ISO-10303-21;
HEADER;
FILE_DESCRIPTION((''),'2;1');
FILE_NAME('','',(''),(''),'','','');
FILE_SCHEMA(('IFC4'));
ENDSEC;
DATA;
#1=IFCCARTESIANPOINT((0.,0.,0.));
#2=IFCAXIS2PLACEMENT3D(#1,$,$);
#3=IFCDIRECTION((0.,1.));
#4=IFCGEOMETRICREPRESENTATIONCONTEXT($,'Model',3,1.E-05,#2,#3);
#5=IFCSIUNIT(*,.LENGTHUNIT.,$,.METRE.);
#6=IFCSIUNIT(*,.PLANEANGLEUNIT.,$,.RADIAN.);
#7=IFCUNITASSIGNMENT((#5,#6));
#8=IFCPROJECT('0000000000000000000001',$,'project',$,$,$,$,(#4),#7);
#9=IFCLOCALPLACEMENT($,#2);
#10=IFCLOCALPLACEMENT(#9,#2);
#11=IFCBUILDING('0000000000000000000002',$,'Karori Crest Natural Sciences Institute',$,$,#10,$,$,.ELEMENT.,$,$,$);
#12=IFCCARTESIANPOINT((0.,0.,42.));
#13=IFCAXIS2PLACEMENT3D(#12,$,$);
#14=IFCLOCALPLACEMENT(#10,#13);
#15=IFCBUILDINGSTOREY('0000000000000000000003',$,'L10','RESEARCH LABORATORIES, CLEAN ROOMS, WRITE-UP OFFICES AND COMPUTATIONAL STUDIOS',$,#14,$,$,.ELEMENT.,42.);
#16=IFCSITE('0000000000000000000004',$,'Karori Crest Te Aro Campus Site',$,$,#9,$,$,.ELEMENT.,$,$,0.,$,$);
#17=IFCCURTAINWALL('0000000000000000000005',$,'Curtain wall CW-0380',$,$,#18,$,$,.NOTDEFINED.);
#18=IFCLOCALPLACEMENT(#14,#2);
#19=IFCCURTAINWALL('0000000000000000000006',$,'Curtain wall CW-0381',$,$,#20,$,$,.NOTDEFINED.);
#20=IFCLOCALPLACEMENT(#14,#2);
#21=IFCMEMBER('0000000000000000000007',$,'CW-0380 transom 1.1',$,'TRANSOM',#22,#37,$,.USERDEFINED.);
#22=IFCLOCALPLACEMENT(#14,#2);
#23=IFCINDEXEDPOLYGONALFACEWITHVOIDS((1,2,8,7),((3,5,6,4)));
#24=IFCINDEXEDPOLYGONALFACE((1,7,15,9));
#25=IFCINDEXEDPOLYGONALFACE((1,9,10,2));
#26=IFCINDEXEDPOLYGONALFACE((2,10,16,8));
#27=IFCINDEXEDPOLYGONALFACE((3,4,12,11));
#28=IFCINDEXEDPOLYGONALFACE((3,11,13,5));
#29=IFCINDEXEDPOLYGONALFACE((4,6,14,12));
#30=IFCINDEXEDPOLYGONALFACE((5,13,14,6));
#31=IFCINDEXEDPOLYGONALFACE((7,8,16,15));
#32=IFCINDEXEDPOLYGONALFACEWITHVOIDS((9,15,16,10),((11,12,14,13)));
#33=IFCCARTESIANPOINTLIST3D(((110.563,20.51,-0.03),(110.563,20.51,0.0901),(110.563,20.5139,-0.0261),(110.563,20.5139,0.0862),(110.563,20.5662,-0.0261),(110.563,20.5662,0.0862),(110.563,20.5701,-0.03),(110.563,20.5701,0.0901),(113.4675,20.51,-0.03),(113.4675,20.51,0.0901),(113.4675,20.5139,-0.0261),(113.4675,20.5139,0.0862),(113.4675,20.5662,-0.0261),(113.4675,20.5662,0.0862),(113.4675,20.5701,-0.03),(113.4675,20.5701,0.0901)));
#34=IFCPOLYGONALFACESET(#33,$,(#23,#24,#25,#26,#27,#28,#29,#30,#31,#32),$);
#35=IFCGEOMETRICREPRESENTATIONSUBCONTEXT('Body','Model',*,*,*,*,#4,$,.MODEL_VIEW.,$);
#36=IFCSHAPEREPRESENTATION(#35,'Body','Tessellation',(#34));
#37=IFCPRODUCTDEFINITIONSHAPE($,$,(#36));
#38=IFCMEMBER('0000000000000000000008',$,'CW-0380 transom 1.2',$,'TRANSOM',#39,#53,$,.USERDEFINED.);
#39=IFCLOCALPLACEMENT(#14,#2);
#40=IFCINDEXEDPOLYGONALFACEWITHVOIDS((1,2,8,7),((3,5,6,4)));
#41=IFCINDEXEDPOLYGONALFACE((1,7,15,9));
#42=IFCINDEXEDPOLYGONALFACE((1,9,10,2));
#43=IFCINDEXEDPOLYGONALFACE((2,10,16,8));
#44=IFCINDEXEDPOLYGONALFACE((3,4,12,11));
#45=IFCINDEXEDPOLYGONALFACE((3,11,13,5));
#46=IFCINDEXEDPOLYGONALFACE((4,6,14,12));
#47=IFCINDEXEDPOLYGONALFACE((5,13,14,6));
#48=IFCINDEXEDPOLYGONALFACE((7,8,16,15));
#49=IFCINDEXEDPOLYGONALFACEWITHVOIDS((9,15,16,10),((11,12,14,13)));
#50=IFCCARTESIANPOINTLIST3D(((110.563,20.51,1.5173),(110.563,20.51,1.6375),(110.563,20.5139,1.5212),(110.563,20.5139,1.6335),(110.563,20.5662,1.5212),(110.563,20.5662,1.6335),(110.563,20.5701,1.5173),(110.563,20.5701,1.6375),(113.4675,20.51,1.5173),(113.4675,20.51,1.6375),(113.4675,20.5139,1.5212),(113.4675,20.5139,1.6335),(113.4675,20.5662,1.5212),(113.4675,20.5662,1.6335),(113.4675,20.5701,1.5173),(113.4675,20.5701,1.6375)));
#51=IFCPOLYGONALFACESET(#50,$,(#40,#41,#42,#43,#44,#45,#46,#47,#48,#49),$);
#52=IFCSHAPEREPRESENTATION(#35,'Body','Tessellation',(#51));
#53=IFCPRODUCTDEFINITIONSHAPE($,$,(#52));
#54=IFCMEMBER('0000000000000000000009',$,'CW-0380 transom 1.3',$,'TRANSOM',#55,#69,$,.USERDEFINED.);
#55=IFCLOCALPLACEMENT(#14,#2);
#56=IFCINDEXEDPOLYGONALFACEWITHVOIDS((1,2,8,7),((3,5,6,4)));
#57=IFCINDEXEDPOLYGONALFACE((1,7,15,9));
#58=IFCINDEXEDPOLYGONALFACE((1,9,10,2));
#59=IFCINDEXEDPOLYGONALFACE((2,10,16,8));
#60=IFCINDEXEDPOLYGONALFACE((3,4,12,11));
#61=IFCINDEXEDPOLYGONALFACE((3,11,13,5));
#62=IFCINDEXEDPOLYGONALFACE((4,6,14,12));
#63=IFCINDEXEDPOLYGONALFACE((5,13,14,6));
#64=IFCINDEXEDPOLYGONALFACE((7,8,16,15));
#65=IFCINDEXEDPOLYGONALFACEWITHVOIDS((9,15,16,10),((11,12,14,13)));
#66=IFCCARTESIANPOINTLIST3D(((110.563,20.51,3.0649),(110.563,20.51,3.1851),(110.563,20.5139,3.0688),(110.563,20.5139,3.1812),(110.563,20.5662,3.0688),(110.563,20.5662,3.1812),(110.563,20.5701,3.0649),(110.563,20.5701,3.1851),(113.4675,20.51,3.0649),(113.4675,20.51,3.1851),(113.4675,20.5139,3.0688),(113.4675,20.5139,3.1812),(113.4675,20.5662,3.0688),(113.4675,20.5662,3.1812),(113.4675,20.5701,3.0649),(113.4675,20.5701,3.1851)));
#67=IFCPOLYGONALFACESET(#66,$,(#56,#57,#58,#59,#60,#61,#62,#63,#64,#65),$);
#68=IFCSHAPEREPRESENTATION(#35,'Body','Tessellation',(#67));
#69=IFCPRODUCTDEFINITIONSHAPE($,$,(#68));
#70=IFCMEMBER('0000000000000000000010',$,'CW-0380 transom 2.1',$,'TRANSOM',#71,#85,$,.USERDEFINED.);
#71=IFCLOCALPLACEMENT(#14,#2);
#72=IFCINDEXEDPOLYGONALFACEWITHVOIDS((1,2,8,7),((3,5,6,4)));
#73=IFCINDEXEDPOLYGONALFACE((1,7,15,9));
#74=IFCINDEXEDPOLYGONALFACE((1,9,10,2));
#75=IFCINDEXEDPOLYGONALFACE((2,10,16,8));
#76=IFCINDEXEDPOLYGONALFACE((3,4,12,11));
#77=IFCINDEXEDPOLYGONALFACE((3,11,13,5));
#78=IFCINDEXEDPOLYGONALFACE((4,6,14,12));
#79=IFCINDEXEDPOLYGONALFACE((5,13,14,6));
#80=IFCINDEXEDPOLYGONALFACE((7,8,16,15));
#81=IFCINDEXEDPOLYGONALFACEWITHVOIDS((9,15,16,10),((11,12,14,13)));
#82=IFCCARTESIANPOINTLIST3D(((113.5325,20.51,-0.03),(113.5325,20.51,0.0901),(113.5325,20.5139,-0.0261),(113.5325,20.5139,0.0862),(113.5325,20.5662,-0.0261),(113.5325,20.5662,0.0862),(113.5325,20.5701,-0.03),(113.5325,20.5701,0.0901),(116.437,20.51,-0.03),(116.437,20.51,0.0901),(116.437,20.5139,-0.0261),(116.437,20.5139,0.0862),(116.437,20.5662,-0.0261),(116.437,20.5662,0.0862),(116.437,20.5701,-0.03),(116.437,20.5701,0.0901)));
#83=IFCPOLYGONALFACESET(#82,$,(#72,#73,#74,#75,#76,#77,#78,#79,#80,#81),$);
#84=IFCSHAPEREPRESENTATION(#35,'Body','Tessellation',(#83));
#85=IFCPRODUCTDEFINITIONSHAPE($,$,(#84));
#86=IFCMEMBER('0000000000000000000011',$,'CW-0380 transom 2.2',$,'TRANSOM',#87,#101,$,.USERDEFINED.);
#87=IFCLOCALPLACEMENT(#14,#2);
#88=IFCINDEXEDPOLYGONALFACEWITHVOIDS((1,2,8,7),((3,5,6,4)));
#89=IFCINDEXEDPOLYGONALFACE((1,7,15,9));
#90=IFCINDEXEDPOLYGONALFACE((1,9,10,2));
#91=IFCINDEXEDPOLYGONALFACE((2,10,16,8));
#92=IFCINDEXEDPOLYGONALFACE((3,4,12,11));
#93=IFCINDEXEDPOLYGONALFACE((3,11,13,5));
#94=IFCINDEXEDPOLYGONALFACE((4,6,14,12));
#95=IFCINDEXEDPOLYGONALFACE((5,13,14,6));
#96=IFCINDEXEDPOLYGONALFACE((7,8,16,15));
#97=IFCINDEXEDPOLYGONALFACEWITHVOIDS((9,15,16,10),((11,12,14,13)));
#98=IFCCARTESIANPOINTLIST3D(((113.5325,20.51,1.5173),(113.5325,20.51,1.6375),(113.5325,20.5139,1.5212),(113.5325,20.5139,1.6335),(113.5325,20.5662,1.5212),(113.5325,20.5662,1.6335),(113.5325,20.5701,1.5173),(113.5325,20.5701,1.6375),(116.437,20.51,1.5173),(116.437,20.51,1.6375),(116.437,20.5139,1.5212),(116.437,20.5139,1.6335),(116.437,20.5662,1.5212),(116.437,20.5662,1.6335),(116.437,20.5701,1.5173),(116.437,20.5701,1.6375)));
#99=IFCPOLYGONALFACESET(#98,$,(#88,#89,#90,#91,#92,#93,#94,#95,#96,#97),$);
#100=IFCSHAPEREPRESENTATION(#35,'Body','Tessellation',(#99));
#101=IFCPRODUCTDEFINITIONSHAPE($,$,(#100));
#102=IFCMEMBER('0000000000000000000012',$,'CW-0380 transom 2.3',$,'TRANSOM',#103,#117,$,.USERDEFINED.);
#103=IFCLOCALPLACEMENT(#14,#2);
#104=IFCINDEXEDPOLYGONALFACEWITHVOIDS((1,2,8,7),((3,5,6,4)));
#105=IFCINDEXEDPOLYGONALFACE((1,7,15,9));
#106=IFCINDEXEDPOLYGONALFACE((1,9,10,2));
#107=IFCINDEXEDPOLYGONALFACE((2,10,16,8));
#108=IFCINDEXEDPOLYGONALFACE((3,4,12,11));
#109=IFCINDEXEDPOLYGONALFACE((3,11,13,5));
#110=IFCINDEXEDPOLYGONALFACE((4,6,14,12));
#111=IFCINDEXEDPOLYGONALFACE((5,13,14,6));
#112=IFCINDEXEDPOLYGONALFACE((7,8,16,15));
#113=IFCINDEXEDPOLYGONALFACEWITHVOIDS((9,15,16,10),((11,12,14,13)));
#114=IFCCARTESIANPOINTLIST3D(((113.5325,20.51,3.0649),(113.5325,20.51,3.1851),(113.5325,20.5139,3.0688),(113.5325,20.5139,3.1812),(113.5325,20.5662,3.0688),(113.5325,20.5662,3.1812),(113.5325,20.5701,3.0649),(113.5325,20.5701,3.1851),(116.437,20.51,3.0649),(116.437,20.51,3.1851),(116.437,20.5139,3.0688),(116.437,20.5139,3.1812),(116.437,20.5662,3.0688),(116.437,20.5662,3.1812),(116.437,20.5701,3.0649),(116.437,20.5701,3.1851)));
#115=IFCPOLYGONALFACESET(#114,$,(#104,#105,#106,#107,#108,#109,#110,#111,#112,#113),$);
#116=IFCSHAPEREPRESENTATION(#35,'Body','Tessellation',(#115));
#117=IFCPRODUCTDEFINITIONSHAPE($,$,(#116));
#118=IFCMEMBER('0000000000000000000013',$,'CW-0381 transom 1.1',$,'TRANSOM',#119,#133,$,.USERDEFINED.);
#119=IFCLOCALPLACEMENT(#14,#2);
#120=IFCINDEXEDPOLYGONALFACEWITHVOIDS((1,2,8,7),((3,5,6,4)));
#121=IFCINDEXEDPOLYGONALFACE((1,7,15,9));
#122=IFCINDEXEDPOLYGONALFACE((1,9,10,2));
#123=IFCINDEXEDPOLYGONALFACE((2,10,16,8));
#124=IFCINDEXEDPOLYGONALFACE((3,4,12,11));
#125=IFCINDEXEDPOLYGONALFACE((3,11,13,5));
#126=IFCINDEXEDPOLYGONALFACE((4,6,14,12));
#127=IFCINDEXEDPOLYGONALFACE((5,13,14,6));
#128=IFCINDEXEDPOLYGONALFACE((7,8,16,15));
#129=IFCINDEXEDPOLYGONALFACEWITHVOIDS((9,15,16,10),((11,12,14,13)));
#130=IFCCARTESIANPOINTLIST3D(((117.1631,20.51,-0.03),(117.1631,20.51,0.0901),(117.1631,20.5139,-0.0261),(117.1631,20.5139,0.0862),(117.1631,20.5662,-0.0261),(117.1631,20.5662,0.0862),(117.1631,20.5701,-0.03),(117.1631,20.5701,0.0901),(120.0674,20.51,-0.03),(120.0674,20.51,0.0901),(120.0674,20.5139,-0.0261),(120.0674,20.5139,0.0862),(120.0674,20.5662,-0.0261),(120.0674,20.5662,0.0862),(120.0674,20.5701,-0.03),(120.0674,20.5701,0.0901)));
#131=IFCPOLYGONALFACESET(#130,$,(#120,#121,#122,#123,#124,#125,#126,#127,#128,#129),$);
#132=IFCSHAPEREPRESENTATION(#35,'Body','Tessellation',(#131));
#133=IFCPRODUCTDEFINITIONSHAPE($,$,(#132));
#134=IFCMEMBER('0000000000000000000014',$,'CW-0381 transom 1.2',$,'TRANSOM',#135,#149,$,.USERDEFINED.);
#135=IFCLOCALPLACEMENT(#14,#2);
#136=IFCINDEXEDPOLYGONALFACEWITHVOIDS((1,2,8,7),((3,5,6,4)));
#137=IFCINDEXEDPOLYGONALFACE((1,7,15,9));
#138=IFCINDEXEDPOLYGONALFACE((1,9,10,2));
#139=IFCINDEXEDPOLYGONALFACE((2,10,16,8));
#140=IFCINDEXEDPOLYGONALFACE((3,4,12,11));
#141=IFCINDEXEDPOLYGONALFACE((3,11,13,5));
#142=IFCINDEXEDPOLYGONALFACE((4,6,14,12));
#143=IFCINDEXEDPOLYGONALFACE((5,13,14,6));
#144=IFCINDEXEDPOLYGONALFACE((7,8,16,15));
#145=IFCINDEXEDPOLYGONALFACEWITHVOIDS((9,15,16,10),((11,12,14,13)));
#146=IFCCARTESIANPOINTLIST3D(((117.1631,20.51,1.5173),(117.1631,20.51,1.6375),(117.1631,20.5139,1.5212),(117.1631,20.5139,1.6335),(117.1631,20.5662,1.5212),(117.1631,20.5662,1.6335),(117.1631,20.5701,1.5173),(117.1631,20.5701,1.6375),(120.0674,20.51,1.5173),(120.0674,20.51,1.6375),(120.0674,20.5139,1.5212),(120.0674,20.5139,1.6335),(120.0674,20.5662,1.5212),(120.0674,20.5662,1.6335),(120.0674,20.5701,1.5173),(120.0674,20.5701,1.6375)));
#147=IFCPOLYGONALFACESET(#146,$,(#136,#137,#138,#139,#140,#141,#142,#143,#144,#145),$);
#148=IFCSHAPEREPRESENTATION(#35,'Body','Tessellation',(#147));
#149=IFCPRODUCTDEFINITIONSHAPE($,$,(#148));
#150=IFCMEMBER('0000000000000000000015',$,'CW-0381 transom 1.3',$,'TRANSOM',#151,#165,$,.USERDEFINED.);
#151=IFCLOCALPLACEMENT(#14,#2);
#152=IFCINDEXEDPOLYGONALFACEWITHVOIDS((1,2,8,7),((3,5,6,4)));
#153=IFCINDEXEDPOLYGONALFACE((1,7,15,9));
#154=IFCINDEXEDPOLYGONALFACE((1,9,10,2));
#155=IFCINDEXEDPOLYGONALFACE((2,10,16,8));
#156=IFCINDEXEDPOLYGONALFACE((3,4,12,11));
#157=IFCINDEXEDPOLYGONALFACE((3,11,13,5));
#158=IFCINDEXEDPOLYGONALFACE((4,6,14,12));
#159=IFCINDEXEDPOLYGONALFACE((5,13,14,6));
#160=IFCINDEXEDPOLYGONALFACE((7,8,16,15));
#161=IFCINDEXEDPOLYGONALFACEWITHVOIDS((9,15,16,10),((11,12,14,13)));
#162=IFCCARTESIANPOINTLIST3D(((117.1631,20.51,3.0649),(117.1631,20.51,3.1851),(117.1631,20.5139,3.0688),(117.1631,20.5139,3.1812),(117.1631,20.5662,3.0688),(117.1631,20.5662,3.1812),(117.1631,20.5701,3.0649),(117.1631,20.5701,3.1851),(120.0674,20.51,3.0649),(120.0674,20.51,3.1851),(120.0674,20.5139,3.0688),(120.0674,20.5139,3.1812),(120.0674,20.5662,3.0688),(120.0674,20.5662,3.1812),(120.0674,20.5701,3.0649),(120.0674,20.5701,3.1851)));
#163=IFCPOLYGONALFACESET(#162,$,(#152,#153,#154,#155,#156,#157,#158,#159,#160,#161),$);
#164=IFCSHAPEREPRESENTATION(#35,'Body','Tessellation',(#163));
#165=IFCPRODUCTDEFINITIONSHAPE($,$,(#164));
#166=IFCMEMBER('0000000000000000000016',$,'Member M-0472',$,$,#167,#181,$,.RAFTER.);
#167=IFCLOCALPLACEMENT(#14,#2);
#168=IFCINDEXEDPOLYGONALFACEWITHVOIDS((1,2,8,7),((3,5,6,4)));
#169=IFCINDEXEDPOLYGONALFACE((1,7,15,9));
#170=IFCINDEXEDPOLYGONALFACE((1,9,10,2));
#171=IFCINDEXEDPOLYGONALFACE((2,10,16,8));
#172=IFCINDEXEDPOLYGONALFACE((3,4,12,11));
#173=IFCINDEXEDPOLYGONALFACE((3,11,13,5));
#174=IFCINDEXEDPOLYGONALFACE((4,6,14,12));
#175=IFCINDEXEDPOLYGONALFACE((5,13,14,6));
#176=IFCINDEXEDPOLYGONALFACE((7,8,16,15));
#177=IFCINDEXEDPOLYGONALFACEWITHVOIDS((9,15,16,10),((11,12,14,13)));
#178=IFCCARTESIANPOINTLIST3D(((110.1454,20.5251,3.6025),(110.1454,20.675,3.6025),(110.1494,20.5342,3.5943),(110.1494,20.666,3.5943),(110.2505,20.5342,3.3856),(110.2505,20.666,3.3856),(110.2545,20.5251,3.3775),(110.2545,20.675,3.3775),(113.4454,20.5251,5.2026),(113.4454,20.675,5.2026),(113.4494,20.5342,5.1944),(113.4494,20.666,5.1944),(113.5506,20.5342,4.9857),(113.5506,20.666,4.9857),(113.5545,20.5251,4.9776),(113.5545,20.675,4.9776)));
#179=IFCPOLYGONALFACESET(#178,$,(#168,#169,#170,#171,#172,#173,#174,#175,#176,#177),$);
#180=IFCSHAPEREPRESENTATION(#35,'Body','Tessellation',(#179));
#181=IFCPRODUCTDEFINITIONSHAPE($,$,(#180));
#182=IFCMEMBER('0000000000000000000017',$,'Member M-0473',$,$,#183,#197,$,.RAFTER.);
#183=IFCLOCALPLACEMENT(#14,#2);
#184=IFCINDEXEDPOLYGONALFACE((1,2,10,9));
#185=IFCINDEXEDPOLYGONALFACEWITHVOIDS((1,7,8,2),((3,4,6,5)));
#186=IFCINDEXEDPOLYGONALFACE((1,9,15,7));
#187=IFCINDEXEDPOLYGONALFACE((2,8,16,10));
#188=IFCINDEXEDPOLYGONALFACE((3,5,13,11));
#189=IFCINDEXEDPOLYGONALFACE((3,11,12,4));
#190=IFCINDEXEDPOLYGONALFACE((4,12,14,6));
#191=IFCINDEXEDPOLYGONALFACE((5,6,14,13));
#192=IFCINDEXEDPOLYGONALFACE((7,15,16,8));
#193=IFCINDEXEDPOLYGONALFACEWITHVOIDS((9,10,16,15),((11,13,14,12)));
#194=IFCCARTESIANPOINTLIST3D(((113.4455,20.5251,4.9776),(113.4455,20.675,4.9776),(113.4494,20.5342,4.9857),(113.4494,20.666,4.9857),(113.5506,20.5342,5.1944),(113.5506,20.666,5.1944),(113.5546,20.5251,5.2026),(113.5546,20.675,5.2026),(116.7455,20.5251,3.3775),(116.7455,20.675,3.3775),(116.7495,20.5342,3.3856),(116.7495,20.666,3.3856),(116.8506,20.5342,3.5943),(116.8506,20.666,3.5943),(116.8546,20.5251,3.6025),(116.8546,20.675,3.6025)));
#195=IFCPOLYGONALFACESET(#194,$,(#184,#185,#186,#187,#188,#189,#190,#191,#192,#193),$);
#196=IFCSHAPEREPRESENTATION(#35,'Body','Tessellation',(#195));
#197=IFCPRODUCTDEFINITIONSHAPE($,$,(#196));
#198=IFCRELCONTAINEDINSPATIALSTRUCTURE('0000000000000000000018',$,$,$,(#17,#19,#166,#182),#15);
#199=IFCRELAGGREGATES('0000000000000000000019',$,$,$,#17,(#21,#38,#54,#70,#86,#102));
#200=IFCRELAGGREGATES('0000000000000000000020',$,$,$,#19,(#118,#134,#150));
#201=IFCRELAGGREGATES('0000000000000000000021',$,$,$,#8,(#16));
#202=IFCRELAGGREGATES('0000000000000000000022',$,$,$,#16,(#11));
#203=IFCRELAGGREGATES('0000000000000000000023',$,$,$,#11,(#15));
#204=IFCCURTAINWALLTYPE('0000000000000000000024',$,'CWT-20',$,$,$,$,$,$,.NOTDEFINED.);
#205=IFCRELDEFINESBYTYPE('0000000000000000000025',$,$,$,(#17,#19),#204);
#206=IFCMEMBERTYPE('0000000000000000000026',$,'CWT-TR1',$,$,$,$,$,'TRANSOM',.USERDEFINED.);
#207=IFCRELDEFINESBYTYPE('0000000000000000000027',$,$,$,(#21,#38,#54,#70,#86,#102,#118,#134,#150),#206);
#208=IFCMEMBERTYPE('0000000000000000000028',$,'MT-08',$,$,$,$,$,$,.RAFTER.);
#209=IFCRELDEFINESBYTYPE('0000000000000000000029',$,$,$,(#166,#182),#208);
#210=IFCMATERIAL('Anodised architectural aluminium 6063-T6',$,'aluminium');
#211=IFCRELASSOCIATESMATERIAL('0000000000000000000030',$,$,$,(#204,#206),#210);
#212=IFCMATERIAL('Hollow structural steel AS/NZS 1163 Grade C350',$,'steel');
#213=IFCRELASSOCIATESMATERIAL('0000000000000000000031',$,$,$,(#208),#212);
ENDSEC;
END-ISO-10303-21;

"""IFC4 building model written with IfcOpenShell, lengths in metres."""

from ifc_helpers import new_model, si_unit, direction, frame, origin, origin_2d, place, context, subcontext, project, spatial, hollow_rectangle, extrude, material, material_profile, profile_set, type_object, element, aggregate, save


model = new_model("IFC4")

# Units and contexts
model_context = context("Model", 3, precision=1e-05, world=origin(), true_north=direction((0.0, 1.0)))
body_context = subcontext(model_context, "Body", "Model", "MODEL_VIEW")
ifc_project = project(units=[si_unit("LENGTHUNIT", "METRE"), si_unit("PLANEANGLEUNIT", "RADIAN")], contexts=[model_context])

# Site, building, storey
site_placement = place(None, origin())
site = spatial("IfcSite", under=ifc_project, at=site_placement, Name="Karori Crest Te Aro Campus Site", CompositionType="ELEMENT", RefElevation=0.0)
building_placement = place(site_placement, origin())
building = spatial("IfcBuilding", under=site, at=building_placement, Name="Karori Crest Natural Sciences Institute", CompositionType="ELEMENT")
storey_placement = place(building_placement, frame((0.0, 0.0, 42.0)))
storey = spatial("IfcBuildingStorey", under=building, at=storey_placement, Name="L10", Description="RESEARCH LABORATORIES, CLEAN ROOMS, WRITE-UP OFFICES AND COMPUTATIONAL STUDIOS", CompositionType="ELEMENT", Elevation=42.0)

# Shared definitions
ifc_material_1 = material(Name="Hollow structural steel AS/NZS 1163 Grade C350", Category="steel")

# Curtain wall
ifc_material_2 = material(Name="Anodised architectural aluminium 6063-T6", Category="aluminium")
curtain_wall_type = type_object("IfcCurtainWallType", Name="CWT-20", PredefinedType="NOTDEFINED", material=ifc_material_2)
curtain_wall_1_placement = place(storey_placement, origin())
curtain_wall_1 = element("IfcCurtainWall", 1, at=curtain_wall_1_placement, inside=storey, type_object=curtain_wall_type, Name="Curtain wall CW-0380", PredefinedType="NOTDEFINED")

# Curtain wall
curtain_wall_2_placement = place(storey_placement, origin())
curtain_wall_2 = element("IfcCurtainWall", 2, at=curtain_wall_2_placement, inside=storey, type_object=curtain_wall_type, Name="Curtain wall CW-0381", PredefinedType="NOTDEFINED")

# Members
ifc_material_profile_1 = material_profile(ifc_material_2, hollow_rectangle(XDim=0.0601, YDim=0.1201, WallThickness=0.0039, at=origin_2d()), Name="CWT120x60x4")
ifc_profile_set_1 = profile_set([ifc_material_profile_1], Name="Anodised architectural aluminium 6063-T6")
member_type_1 = type_object("IfcMemberType", Name="CWT-TR1", ElementType="TRANSOM", PredefinedType="USERDEFINED", material=ifc_profile_set_1)
member_1_placement = place(storey_placement, frame((110.563, 20.54, 0.03), z_axis=(1.0, 0.0, 0.0), x_axis=(0.0, 1.0, 0.0)))
member_1 = element("IfcMember", 3, at=member_1_placement, type_object=member_type_1, Name="CW-0380 transom 1.1", ObjectType="TRANSOM", PredefinedType="USERDEFINED", context=body_context, shape_type="SweptSolid", body=[
    extrude(hollow_rectangle(XDim=0.0601, YDim=0.1201, WallThickness=0.0039, at=origin_2d()), origin(), (0.0, 0.0, 1.0), 2.9045),
])
member_2_placement = place(storey_placement, frame((110.563, 20.54, 1.5774), z_axis=(1.0, 0.0, 0.0), x_axis=(0.0, 1.0, 0.0)))
member_2 = element("IfcMember", 4, at=member_2_placement, type_object=member_type_1, Name="CW-0380 transom 1.2", ObjectType="TRANSOM", PredefinedType="USERDEFINED", context=body_context, shape_type="SweptSolid", body=[
    extrude(hollow_rectangle(XDim=0.0601, YDim=0.1201, WallThickness=0.0039, at=origin_2d()), origin(), (0.0, 0.0, 1.0), 2.9045),
])
member_3_placement = place(storey_placement, frame((110.563, 20.54, 3.125), z_axis=(1.0, 0.0, 0.0), x_axis=(0.0, 1.0, 0.0)))
member_3 = element("IfcMember", 5, at=member_3_placement, type_object=member_type_1, Name="CW-0380 transom 1.3", ObjectType="TRANSOM", PredefinedType="USERDEFINED", context=body_context, shape_type="SweptSolid", body=[
    extrude(hollow_rectangle(XDim=0.0601, YDim=0.1201, WallThickness=0.0039, at=origin_2d()), origin(), (0.0, 0.0, 1.0), 2.9045),
])
member_4_placement = place(storey_placement, frame((113.5325, 20.54, 0.03), z_axis=(1.0, 0.0, 0.0), x_axis=(0.0, 1.0, 0.0)))
member_4 = element("IfcMember", 6, at=member_4_placement, type_object=member_type_1, Name="CW-0380 transom 2.1", ObjectType="TRANSOM", PredefinedType="USERDEFINED", context=body_context, shape_type="SweptSolid", body=[
    extrude(hollow_rectangle(XDim=0.0601, YDim=0.1201, WallThickness=0.0039, at=origin_2d()), origin(), (0.0, 0.0, 1.0), 2.9045),
])
member_5_placement = place(storey_placement, frame((113.5325, 20.54, 1.5774), z_axis=(1.0, 0.0, 0.0), x_axis=(0.0, 1.0, 0.0)))
member_5 = element("IfcMember", 7, at=member_5_placement, type_object=member_type_1, Name="CW-0380 transom 2.2", ObjectType="TRANSOM", PredefinedType="USERDEFINED", context=body_context, shape_type="SweptSolid", body=[
    extrude(hollow_rectangle(XDim=0.0601, YDim=0.1201, WallThickness=0.0039, at=origin_2d()), origin(), (0.0, 0.0, 1.0), 2.9045),
])
member_6_placement = place(storey_placement, frame((113.5325, 20.54, 3.125), z_axis=(1.0, 0.0, 0.0), x_axis=(0.0, 1.0, 0.0)))
member_6 = element("IfcMember", 8, at=member_6_placement, type_object=member_type_1, Name="CW-0380 transom 2.3", ObjectType="TRANSOM", PredefinedType="USERDEFINED", context=body_context, shape_type="SweptSolid", body=[
    extrude(hollow_rectangle(XDim=0.0601, YDim=0.1201, WallThickness=0.0039, at=origin_2d()), origin(), (0.0, 0.0, 1.0), 2.9045),
])
member_7_placement = place(storey_placement, frame((117.1631, 20.54, 0.03), z_axis=(1.0, 0.0, 0.0), x_axis=(0.0, 1.0, 0.0)))
member_7 = element("IfcMember", 9, at=member_7_placement, type_object=member_type_1, Name="CW-0381 transom 1.1", ObjectType="TRANSOM", PredefinedType="USERDEFINED", context=body_context, shape_type="SweptSolid", body=[
    extrude(hollow_rectangle(XDim=0.0601, YDim=0.1201, WallThickness=0.0039, at=origin_2d()), origin(), (0.0, 0.0, 1.0), 2.9043),
])
member_8_placement = place(storey_placement, frame((117.1631, 20.54, 1.5774), z_axis=(1.0, 0.0, 0.0), x_axis=(0.0, 1.0, 0.0)))
member_8 = element("IfcMember", 10, at=member_8_placement, type_object=member_type_1, Name="CW-0381 transom 1.2", ObjectType="TRANSOM", PredefinedType="USERDEFINED", context=body_context, shape_type="SweptSolid", body=[
    extrude(hollow_rectangle(XDim=0.0601, YDim=0.1201, WallThickness=0.0039, at=origin_2d()), origin(), (0.0, 0.0, 1.0), 2.9043),
])
member_9_placement = place(storey_placement, frame((117.1631, 20.54, 3.125), z_axis=(1.0, 0.0, 0.0), x_axis=(0.0, 1.0, 0.0)))
member_9 = element("IfcMember", 11, at=member_9_placement, type_object=member_type_1, Name="CW-0381 transom 1.3", ObjectType="TRANSOM", PredefinedType="USERDEFINED", context=body_context, shape_type="SweptSolid", body=[
    extrude(hollow_rectangle(XDim=0.0601, YDim=0.1201, WallThickness=0.0039, at=origin_2d()), origin(), (0.0, 0.0, 1.0), 2.9043),
])

# Members
ifc_material_profile_2 = material_profile(ifc_material_1, hollow_rectangle(XDim=0.1499, YDim=0.25, WallThickness=0.009, at=origin_2d()), Name="RHS250x150x9")
ifc_profile_set_2 = profile_set([ifc_material_profile_2], Name="Hollow structural steel AS/NZS 1163 Grade C350")
member_type_2 = type_object("IfcMemberType", Name="MT-08", PredefinedType="RAFTER", material=ifc_profile_set_2)
for number, where, z_axis, x_axis, name in (
    (12, (110.2, 20.6001, 3.49), (0.899806, 0.0, 0.43629), (0.0, 1.0, 0.0), "Member M-0472"),
    (13, (116.8, 20.6001, 3.49), (-0.899806, 0.0, 0.43629), (0.0, -1.0, 0.0), "Member M-0473"),
):
    element("IfcMember", number, at=place(storey_placement, frame(where, z_axis=z_axis, x_axis=x_axis)), inside=storey, type_object=member_type_2, Name=name, PredefinedType="RAFTER", context=body_context, shape_type="SweptSolid", body=[
        extrude(hollow_rectangle(XDim=0.1499, YDim=0.25, WallThickness=0.009, at=origin_2d()), origin(), (0.0, 0.0, 1.0), 3.6675),
    ])

aggregate(curtain_wall_1, [member_1, member_2, member_3, member_4, member_5, member_6])
aggregate(curtain_wall_2, [member_7, member_8, member_9])

save(model, "model.ifc")
